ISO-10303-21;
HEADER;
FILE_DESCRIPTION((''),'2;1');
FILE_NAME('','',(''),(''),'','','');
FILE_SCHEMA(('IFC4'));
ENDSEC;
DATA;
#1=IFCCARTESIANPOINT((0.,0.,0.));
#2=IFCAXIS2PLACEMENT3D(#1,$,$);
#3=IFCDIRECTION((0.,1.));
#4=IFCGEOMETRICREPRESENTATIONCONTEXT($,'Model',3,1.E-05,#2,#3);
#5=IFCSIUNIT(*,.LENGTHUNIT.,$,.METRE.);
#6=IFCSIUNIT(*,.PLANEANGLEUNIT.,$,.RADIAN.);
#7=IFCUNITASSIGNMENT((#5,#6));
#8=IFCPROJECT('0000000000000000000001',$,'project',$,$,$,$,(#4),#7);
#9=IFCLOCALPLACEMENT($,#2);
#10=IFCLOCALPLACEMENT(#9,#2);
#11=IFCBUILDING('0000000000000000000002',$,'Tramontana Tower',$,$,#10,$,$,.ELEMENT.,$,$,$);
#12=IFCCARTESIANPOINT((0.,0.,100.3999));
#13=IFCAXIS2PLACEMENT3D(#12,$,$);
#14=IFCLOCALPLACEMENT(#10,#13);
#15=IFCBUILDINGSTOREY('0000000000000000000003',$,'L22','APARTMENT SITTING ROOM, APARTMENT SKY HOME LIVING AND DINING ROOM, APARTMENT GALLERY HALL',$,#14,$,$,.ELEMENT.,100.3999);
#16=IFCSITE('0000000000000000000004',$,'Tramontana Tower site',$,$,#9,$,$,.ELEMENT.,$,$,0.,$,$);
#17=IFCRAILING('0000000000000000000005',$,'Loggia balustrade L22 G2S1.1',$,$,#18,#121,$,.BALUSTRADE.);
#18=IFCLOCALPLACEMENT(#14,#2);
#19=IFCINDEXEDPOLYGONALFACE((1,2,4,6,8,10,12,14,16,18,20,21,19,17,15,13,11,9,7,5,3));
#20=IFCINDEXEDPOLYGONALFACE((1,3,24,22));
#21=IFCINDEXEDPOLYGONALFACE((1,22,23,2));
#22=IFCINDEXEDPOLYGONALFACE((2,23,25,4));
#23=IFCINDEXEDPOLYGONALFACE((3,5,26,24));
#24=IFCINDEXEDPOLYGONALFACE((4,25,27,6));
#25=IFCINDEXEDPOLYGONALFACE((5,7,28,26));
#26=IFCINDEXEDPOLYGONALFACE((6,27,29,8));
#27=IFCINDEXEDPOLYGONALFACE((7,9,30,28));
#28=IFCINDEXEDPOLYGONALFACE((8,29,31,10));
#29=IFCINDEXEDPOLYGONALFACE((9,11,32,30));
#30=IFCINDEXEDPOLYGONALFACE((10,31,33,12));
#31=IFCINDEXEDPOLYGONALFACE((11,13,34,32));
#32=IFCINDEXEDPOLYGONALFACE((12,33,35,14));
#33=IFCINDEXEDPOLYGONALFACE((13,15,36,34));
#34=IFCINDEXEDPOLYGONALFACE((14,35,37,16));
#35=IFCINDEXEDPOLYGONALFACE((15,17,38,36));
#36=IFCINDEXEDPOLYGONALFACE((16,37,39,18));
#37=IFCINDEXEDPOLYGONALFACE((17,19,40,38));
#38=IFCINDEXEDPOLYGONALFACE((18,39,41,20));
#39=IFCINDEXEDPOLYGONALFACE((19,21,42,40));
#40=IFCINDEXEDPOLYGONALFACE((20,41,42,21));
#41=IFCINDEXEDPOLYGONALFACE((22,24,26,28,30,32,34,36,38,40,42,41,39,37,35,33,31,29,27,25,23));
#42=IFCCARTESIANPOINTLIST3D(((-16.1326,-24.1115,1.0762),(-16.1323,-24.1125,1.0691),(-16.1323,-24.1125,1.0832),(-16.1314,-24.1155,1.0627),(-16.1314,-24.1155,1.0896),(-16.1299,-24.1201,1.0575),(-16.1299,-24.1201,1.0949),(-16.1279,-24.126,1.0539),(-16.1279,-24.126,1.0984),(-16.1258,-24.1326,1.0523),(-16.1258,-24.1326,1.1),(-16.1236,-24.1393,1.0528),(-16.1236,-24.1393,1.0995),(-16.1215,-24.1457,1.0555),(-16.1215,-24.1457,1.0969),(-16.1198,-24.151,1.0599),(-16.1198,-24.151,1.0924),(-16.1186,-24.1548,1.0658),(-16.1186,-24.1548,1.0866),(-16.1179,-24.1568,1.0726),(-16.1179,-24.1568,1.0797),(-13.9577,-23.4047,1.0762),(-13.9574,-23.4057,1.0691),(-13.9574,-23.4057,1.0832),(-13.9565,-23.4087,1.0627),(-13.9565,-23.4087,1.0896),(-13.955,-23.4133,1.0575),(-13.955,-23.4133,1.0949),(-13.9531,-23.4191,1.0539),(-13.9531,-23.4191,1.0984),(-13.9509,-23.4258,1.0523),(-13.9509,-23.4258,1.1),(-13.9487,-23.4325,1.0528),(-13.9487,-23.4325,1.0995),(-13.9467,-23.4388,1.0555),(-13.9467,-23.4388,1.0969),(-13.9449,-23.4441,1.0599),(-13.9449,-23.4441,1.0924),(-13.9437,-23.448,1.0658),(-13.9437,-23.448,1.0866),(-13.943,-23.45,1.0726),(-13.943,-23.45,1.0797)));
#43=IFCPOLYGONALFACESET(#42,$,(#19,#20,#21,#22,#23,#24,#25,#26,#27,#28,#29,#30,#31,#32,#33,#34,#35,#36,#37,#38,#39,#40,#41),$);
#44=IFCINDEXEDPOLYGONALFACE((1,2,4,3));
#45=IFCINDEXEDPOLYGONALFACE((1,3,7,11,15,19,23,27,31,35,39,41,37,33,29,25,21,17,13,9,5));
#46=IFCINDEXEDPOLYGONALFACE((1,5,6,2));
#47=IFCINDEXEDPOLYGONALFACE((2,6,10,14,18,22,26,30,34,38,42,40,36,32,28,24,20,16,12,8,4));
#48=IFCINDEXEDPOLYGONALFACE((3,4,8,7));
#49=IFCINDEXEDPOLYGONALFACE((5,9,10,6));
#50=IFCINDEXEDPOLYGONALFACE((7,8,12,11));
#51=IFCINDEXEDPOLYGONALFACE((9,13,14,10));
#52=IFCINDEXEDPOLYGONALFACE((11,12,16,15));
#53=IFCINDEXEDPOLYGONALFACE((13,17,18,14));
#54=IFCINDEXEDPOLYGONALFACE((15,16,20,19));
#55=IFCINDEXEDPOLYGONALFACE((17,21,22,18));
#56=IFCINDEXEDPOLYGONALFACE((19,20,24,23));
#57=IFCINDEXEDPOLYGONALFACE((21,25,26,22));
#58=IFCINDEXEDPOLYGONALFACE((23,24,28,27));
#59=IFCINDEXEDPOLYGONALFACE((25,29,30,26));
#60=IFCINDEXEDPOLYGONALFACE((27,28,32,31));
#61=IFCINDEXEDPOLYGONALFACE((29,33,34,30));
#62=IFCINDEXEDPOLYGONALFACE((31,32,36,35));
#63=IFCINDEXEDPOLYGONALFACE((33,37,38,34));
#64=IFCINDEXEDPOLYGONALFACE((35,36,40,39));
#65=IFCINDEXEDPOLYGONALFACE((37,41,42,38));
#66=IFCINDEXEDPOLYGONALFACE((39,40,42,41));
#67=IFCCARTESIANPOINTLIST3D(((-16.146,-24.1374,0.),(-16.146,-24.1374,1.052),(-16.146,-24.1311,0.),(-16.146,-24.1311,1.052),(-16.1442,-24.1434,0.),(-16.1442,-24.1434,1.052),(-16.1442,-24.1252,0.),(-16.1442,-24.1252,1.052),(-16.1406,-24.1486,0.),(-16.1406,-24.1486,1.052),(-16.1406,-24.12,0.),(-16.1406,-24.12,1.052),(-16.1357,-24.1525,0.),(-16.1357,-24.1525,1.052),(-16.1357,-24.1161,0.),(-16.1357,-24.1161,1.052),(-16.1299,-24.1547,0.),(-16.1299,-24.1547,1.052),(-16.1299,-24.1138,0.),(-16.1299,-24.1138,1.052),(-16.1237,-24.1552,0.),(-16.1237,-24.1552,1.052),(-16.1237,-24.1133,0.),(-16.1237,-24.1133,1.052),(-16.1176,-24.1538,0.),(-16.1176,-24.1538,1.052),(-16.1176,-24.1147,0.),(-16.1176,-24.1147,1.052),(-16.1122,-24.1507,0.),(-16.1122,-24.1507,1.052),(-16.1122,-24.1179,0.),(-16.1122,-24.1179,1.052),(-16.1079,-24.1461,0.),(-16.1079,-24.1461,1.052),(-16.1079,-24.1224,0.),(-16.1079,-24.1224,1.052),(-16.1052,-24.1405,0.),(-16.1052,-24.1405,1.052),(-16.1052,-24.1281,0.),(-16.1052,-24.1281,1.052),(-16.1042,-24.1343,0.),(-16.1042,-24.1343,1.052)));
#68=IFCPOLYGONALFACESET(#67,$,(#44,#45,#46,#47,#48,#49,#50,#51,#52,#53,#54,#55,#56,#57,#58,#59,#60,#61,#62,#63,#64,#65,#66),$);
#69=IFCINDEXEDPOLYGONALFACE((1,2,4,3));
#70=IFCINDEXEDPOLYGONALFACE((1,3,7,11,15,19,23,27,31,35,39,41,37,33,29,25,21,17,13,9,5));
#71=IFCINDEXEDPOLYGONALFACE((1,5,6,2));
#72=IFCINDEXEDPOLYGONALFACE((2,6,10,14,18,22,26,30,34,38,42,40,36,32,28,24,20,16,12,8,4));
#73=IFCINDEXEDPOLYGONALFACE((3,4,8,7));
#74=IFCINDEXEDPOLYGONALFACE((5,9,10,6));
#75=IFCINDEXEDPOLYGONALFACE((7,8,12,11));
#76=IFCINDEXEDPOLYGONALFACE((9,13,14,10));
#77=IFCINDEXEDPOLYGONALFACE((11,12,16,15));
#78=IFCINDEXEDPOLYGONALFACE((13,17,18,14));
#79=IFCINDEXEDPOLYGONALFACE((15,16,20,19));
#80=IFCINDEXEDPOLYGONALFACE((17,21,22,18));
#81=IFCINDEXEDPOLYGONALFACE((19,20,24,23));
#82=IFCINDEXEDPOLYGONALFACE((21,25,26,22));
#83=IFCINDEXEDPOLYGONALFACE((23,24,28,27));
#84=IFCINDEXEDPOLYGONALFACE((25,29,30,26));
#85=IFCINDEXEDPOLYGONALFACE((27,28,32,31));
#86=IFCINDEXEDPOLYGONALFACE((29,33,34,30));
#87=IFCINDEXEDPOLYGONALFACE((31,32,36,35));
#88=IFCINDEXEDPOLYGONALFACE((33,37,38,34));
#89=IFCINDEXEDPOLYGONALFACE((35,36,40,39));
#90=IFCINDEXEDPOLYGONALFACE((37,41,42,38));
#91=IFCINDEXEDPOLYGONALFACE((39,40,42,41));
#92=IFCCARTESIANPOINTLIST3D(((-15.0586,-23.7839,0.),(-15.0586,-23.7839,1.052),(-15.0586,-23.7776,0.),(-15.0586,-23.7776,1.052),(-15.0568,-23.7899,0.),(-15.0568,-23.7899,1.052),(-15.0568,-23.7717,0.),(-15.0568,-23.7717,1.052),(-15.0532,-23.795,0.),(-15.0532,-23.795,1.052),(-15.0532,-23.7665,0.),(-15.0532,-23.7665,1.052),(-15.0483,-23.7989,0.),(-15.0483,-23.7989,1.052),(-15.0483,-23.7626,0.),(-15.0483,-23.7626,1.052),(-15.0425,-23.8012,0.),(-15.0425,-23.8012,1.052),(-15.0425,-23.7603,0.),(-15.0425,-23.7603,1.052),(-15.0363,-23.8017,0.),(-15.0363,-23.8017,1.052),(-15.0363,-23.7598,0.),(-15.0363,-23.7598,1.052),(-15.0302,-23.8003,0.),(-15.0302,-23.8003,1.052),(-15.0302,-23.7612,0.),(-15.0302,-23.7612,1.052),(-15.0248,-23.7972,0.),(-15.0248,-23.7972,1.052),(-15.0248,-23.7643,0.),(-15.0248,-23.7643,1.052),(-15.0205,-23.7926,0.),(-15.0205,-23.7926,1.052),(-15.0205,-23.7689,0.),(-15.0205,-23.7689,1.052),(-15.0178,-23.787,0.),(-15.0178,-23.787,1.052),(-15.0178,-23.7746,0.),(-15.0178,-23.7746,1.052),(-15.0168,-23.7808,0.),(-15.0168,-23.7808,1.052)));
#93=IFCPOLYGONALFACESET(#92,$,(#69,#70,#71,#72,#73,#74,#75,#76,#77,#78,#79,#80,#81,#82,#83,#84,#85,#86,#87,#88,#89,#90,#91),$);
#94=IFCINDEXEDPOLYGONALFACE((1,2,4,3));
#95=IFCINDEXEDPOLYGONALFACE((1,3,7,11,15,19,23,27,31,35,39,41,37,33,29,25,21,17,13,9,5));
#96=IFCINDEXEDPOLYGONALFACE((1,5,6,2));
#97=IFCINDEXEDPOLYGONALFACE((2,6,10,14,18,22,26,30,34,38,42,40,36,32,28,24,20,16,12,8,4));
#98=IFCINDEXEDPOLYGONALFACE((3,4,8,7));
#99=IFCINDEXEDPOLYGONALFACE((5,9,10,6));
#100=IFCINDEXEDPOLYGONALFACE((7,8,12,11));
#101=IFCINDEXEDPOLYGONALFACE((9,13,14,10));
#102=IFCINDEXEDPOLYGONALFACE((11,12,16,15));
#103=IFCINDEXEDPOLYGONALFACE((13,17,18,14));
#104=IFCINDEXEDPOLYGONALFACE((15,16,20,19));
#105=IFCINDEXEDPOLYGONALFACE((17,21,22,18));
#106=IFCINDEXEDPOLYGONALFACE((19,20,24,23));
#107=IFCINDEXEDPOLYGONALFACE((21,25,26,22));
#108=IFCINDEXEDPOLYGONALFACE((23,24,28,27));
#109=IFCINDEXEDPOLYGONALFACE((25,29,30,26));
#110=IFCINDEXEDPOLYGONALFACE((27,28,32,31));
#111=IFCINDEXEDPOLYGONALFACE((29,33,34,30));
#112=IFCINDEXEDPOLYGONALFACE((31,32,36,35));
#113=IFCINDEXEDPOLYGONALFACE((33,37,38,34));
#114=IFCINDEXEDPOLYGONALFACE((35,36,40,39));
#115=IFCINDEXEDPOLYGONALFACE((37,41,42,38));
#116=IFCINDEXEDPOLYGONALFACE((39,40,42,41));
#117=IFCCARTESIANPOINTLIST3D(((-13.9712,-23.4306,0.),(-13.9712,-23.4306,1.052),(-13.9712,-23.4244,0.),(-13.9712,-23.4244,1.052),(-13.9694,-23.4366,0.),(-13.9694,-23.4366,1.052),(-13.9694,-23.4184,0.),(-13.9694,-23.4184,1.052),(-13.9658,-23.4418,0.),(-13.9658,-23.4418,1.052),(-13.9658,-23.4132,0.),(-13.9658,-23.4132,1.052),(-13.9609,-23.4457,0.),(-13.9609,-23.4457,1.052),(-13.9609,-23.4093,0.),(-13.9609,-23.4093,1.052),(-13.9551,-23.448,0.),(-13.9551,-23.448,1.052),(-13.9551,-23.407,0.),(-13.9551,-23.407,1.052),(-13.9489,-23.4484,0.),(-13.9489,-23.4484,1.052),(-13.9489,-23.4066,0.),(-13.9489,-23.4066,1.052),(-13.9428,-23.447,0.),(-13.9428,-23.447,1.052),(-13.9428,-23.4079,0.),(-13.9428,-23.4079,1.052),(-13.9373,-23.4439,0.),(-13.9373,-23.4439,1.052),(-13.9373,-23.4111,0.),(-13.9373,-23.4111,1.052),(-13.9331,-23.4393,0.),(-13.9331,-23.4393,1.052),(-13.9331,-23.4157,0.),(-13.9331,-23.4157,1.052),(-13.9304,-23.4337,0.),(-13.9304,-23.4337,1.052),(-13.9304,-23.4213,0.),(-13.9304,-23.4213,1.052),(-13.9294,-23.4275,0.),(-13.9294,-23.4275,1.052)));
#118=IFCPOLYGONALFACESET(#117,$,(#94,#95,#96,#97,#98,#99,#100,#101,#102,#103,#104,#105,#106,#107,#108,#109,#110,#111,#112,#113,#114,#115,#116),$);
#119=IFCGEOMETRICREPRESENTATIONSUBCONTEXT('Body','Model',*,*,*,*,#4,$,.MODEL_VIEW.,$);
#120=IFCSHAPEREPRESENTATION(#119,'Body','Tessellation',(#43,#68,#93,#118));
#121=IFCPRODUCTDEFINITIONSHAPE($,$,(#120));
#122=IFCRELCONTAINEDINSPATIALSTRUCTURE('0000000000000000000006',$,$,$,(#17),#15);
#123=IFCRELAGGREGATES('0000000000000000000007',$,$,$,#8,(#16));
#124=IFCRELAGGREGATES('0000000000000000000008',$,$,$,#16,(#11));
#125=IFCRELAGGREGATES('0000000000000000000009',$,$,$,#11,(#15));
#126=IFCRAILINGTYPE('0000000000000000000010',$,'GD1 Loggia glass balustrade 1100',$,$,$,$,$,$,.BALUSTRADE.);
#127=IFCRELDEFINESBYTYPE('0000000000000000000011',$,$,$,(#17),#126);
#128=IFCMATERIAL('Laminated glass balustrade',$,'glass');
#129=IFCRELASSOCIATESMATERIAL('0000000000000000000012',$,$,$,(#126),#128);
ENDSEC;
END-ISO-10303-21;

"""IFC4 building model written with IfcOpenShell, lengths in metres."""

from ifc_helpers import new_model, si_unit, direction, frame, origin, origin_2d, place, context, subcontext, project, spatial, circle, extrude, material, type_object, element, save


model = new_model("IFC4")

# Units and contexts
model_context = context("Model", 3, precision=1e-05, world=origin(), true_north=direction((0.0, 1.0)))
body_context = subcontext(model_context, "Body", "Model", "MODEL_VIEW")
ifc_project = project(units=[si_unit("LENGTHUNIT", "METRE"), si_unit("PLANEANGLEUNIT", "RADIAN")], contexts=[model_context])

# Site, building, storey
site_placement = place(None, origin())
site = spatial("IfcSite", under=ifc_project, at=site_placement, Name="Tramontana Tower site", CompositionType="ELEMENT", RefElevation=0.0)
building_placement = place(site_placement, origin())
building = spatial("IfcBuilding", under=site, at=building_placement, Name="Tramontana Tower", CompositionType="ELEMENT")
storey_placement = place(building_placement, frame((0.0, 0.0, 100.3999)))
storey = spatial("IfcBuildingStorey", under=building, at=storey_placement, Name="L22", Description="APARTMENT SITTING ROOM, APARTMENT SKY HOME LIVING AND DINING ROOM, APARTMENT GALLERY HALL", CompositionType="ELEMENT", Elevation=100.3999)

# Railing
ifc_material_1 = material(Name="Laminated glass balustrade", Category="glass")
railing_type = type_object("IfcRailingType", Name="GD1 Loggia glass balustrade 1100", PredefinedType="BALUSTRADE", material=ifc_material_1)
railing_1_placement = place(storey_placement, frame((-16.1252, -24.1343, 0.0)))
element("IfcRailing", 1, at=railing_1_placement, inside=storey, type_object=railing_type, Name="Loggia balustrade L22 G2S1.1", PredefinedType="BALUSTRADE", context=body_context, shape_type="SweptSolid", body=[
    extrude(circle(Radius=0.0239, at=origin_2d()), frame((0.0, 0.0, 1.0762), z_axis=(0.951037, 0.309076, 0.0), x_axis=(-0.309076, 0.951037, 0.0)), (0.0, 0.0, 1.0), 2.2869),
    extrude(circle(Radius=0.021, at=origin_2d()), origin(), (0.0, 0.0, 1.0), 1.052),
    extrude(circle(Radius=0.021, at=origin_2d()), frame((1.0874, 0.3535, 0.0)), (0.0, 0.0, 1.0), 1.052),
    extrude(circle(Radius=0.021, at=origin_2d()), frame((2.1748, 0.7068, 0.0)), (0.0, 0.0, 1.0), 1.052),
])

save(model, "model.ifc")
